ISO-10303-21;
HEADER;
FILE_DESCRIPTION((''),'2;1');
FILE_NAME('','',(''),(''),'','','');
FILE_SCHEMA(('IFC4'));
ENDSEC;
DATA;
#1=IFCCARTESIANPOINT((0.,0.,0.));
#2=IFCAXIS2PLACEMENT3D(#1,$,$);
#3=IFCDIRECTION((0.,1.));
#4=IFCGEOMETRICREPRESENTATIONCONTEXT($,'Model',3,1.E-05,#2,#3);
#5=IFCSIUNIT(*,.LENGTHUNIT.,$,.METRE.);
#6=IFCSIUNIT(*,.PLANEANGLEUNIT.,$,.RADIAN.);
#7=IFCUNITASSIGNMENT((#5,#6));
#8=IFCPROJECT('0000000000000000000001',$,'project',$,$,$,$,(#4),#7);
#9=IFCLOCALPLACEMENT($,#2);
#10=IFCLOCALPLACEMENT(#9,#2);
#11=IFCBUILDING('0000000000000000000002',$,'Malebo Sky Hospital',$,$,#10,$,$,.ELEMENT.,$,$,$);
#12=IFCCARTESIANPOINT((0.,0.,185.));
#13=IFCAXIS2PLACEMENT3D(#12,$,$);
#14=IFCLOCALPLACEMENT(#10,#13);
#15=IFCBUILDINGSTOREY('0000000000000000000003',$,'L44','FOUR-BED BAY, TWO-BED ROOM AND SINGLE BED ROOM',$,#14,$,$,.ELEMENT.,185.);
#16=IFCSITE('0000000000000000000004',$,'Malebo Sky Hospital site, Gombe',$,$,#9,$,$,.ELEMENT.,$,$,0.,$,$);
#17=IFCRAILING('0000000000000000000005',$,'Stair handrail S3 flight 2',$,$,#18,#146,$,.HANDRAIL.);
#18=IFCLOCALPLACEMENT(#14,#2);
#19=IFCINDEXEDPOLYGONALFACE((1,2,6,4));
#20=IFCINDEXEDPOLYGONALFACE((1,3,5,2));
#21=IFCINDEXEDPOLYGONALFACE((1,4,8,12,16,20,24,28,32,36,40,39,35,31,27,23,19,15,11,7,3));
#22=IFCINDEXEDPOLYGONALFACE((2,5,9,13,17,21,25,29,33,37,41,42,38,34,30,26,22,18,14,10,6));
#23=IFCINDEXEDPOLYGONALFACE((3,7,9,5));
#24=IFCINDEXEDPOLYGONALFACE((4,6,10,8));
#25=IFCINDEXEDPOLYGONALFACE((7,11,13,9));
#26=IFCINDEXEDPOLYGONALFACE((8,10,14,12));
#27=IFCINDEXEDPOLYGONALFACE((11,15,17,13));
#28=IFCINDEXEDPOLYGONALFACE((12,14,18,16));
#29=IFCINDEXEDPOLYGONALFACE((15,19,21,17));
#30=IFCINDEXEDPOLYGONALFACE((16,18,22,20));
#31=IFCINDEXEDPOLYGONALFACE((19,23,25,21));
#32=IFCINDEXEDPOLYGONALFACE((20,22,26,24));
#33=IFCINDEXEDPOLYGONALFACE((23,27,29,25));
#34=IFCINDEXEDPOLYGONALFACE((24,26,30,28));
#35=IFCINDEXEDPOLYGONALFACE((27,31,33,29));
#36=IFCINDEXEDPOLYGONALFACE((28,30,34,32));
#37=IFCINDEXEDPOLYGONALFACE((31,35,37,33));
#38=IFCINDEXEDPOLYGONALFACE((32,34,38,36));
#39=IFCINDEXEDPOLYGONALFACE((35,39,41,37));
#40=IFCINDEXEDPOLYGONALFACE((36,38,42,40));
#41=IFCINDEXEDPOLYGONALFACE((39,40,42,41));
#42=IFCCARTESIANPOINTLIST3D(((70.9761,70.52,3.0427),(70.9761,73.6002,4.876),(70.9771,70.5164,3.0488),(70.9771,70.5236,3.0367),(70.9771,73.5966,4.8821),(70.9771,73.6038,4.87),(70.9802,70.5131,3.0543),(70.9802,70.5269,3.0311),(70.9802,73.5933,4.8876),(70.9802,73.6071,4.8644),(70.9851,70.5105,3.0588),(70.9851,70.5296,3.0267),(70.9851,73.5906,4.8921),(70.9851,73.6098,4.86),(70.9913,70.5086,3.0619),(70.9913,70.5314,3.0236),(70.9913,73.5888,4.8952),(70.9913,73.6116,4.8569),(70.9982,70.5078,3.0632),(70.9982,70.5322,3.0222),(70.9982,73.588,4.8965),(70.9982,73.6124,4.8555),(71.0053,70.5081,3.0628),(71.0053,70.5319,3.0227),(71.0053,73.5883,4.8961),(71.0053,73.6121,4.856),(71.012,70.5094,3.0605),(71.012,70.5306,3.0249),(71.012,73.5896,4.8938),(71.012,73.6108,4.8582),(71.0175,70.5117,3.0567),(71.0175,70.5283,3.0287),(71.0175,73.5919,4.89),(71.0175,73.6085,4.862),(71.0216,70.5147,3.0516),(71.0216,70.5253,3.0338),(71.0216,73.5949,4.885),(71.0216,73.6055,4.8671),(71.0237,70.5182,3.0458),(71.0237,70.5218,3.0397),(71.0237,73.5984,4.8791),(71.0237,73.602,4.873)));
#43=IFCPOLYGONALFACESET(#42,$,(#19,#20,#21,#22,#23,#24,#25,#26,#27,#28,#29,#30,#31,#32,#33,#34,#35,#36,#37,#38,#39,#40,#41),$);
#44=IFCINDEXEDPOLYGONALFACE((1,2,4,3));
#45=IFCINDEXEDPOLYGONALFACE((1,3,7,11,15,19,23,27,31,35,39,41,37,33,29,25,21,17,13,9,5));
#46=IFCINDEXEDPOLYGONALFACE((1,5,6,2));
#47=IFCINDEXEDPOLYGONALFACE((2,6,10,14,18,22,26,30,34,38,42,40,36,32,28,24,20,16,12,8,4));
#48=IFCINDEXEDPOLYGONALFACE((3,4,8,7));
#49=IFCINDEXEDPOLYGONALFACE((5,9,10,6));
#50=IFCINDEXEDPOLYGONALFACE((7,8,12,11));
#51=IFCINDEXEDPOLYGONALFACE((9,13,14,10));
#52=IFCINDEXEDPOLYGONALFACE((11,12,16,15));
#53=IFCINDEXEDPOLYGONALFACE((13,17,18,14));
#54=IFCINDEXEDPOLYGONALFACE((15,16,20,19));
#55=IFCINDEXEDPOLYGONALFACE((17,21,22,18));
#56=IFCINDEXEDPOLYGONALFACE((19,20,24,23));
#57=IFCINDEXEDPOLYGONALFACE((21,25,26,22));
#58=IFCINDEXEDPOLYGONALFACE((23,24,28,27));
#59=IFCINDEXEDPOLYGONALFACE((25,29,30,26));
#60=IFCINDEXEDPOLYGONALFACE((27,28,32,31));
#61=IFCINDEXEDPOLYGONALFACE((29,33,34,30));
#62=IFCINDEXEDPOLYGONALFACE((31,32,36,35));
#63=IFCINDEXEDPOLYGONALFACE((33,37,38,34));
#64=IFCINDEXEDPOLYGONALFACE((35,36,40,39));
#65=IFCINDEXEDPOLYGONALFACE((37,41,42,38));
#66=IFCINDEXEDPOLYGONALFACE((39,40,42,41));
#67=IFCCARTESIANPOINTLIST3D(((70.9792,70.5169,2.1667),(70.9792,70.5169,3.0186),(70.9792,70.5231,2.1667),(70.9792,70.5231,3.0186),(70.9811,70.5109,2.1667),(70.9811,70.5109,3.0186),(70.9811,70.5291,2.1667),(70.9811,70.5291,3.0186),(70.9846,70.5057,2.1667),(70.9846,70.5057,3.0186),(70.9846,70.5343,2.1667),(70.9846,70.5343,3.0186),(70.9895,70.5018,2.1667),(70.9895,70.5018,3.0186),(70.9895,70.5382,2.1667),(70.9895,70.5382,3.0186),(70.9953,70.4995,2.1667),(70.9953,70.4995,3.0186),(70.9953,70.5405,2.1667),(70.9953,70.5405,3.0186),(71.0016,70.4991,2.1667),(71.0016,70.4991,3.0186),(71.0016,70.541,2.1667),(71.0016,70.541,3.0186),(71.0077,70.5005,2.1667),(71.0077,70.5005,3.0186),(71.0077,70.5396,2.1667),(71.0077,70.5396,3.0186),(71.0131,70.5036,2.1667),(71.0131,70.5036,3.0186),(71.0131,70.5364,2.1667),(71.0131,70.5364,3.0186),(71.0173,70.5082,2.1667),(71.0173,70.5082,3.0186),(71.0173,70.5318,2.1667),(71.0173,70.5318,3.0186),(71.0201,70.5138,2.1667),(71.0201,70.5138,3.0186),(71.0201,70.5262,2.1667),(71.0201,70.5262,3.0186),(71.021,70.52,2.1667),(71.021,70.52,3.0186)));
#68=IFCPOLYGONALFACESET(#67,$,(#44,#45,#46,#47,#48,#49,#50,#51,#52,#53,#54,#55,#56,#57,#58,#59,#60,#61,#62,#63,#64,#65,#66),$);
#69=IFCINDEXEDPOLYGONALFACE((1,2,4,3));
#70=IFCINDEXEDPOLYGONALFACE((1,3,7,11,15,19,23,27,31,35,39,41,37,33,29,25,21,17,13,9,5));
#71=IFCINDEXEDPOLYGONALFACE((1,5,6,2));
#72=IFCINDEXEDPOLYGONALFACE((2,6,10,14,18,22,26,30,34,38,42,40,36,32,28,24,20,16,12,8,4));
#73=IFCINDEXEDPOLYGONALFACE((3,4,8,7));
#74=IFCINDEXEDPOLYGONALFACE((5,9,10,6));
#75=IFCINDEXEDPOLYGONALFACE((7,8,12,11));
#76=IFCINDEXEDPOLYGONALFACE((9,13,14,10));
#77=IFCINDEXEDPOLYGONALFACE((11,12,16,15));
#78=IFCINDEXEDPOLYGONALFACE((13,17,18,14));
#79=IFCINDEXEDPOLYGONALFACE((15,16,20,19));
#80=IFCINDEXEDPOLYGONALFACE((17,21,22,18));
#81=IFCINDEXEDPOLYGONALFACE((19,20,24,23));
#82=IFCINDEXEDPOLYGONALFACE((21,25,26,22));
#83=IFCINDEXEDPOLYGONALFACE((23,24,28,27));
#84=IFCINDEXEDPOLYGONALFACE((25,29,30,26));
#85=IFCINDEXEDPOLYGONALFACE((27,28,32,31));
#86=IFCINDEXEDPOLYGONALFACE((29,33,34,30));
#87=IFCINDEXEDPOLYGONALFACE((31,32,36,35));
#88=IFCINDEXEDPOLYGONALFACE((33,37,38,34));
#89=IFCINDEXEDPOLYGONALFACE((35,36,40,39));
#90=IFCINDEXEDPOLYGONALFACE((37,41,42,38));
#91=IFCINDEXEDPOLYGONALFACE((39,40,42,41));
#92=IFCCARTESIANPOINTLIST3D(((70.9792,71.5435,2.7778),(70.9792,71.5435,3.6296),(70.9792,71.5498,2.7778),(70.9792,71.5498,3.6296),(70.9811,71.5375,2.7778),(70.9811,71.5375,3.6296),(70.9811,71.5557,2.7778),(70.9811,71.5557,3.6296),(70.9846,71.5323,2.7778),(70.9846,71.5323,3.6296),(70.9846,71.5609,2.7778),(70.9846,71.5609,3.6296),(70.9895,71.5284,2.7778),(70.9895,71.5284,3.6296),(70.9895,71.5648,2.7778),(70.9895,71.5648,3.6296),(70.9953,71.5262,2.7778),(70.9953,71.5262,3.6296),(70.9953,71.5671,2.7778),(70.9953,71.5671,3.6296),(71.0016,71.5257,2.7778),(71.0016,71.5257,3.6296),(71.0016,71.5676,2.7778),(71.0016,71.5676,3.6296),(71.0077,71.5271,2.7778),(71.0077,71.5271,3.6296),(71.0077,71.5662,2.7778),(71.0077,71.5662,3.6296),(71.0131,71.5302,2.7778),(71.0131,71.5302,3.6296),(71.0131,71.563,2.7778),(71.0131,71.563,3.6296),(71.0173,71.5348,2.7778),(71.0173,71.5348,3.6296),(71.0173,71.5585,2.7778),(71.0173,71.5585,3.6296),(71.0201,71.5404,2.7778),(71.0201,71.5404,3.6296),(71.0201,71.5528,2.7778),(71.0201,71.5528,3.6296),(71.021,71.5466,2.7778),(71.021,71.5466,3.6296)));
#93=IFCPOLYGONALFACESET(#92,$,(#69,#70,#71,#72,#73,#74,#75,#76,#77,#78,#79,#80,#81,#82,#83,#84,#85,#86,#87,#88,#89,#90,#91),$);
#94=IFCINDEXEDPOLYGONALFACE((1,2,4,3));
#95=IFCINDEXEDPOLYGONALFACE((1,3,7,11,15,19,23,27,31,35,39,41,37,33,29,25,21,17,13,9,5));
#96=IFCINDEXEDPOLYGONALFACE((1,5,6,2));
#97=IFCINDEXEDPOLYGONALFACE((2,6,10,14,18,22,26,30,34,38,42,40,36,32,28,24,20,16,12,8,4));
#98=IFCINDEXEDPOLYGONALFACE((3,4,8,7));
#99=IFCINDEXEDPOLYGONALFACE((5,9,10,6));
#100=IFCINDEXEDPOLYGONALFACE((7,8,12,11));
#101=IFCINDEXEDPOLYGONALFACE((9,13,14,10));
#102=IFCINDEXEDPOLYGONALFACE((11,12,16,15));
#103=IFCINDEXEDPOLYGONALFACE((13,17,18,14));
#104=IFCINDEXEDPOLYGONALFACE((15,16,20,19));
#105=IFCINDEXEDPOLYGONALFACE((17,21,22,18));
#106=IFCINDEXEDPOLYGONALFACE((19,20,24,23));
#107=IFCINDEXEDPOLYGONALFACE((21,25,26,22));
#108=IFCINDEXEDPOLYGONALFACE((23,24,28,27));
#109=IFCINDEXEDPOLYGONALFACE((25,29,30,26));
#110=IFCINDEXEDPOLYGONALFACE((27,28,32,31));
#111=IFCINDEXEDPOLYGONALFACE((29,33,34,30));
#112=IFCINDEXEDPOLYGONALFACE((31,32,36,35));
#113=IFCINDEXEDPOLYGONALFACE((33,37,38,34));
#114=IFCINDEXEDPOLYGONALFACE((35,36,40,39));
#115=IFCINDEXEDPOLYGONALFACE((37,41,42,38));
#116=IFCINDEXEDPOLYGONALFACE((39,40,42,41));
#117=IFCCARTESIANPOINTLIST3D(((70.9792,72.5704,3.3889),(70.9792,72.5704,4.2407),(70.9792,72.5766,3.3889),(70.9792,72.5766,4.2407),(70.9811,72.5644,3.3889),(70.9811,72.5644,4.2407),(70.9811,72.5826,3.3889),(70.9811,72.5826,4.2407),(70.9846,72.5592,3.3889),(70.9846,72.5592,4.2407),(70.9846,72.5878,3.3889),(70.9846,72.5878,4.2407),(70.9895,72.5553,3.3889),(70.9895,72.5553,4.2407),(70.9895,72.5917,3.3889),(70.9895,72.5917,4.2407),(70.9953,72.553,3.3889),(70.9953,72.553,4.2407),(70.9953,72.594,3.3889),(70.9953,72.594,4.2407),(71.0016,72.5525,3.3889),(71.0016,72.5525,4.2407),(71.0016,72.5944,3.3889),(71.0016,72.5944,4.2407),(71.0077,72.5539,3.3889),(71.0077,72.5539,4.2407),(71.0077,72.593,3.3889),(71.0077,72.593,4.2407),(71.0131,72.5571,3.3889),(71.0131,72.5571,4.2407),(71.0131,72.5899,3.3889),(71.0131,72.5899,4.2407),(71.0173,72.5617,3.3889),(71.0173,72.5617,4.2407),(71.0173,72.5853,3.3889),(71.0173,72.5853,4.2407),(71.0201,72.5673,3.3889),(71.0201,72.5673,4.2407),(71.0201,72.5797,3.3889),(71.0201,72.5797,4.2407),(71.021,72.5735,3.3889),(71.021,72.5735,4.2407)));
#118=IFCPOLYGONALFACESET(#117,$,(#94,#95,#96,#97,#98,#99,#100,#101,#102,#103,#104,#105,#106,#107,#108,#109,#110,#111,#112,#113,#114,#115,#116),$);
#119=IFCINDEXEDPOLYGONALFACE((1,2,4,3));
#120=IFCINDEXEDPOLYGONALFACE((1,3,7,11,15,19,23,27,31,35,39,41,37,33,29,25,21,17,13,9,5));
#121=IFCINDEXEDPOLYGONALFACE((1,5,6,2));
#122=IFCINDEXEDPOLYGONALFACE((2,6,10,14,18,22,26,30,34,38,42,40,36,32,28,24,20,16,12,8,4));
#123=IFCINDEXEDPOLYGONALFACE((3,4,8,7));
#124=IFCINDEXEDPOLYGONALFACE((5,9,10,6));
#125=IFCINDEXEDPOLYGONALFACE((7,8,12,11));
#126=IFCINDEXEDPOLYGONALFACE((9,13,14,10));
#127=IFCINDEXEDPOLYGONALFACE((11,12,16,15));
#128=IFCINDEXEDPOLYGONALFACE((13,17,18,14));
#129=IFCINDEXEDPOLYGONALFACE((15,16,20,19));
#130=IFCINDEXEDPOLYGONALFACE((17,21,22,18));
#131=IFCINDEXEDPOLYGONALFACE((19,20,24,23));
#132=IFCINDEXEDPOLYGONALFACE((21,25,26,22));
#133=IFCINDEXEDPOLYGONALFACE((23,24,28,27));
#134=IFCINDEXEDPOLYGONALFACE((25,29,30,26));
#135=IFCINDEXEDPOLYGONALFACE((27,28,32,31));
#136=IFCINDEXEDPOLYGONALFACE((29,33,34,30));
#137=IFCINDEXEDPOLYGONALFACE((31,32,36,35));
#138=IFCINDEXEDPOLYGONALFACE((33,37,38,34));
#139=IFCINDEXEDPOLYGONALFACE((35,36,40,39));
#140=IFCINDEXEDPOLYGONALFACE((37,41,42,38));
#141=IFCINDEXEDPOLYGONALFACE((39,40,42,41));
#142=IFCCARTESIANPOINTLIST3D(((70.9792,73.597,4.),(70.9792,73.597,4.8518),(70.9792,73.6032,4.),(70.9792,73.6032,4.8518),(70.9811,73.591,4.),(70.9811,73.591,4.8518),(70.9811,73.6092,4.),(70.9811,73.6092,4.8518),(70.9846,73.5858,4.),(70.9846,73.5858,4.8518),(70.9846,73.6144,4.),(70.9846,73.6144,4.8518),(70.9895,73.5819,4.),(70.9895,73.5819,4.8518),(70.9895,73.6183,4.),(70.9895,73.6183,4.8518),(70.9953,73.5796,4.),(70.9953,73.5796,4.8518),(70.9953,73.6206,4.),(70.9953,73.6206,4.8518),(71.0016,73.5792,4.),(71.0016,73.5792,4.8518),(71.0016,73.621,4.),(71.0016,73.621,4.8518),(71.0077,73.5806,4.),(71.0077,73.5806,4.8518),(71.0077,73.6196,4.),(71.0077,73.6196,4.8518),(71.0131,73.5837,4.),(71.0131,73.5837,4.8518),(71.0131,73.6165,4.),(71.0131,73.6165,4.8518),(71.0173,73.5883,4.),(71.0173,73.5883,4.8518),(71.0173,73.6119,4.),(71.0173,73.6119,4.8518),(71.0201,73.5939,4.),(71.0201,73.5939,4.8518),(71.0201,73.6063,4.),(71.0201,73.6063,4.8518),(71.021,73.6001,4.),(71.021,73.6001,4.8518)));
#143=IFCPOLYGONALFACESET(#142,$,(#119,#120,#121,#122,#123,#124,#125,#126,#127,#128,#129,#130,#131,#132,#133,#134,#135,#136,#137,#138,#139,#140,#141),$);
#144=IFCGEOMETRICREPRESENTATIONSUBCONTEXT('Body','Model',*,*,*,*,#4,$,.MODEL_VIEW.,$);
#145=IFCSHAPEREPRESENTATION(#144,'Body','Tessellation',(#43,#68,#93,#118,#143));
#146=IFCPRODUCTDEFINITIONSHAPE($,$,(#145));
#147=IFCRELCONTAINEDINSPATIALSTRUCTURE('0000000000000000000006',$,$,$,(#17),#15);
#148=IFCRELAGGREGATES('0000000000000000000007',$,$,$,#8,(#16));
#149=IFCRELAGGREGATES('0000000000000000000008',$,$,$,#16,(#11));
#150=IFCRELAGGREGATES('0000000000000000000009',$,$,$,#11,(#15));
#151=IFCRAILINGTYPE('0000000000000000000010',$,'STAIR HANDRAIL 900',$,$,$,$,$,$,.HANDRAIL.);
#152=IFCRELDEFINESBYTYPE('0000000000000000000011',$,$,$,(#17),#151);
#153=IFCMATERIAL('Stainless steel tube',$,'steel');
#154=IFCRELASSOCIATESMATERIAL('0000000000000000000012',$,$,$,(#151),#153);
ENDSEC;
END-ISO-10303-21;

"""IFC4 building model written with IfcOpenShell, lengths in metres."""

from ifc_helpers import new_model, si_unit, direction, frame, origin, origin_2d, place, context, subcontext, project, spatial, circle, extrude, material, type_object, element, save


model = new_model("IFC4")

# Units and contexts
model_context = context("Model", 3, precision=1e-05, world=origin(), true_north=direction((0.0, 1.0)))
body_context = subcontext(model_context, "Body", "Model", "MODEL_VIEW")
ifc_project = project(units=[si_unit("LENGTHUNIT", "METRE"), si_unit("PLANEANGLEUNIT", "RADIAN")], contexts=[model_context])

# Site, building, storey
site_placement = place(None, origin())
site = spatial("IfcSite", under=ifc_project, at=site_placement, Name="Malebo Sky Hospital site, Gombe", CompositionType="ELEMENT", RefElevation=0.0)
building_placement = place(site_placement, origin())
building = spatial("IfcBuilding", under=site, at=building_placement, Name="Malebo Sky Hospital", CompositionType="ELEMENT")
storey_placement = place(building_placement, frame((0.0, 0.0, 185.0)))
storey = spatial("IfcBuildingStorey", under=building, at=storey_placement, Name="L44", Description="FOUR-BED BAY, TWO-BED ROOM AND SINGLE BED ROOM", CompositionType="ELEMENT", Elevation=185.0)

# Railing
ifc_material_1 = material(Name="Stainless steel tube", Category="steel")
railing_type = type_object("IfcRailingType", Name="STAIR HANDRAIL 900", PredefinedType="HANDRAIL", material=ifc_material_1)
railing_1_placement = place(storey_placement, frame((71.0, 70.52, 2.1667)))
element("IfcRailing", 1, at=railing_1_placement, inside=storey, type_object=railing_type, Name="Stair handrail S3 flight 2", PredefinedType="HANDRAIL", context=body_context, shape_type="SweptSolid", body=[
    extrude(circle(Radius=0.0239, at=origin_2d()), frame((0.0, 0.0, 0.876), z_axis=(0.0, 0.859309, 0.511458), x_axis=(-1.0, 0.0, 0.0)), (0.0, 0.0, 1.0), 3.5845),
    extrude(circle(Radius=0.021, at=origin_2d()), origin(), (0.0, 0.0, 1.0), 0.8518),
    extrude(circle(Radius=0.021, at=origin_2d()), frame((0.0, 1.0266, 0.6111)), (0.0, 0.0, 1.0), 0.8518),
    extrude(circle(Radius=0.021, at=origin_2d()), frame((0.0, 2.0535, 1.2222)), (0.0, 0.0, 1.0), 0.8518),
    extrude(circle(Radius=0.021, at=origin_2d()), frame((0.0, 3.0801, 1.8333)), (0.0, 0.0, 1.0), 0.8518),
])

save(model, "model.ifc")
